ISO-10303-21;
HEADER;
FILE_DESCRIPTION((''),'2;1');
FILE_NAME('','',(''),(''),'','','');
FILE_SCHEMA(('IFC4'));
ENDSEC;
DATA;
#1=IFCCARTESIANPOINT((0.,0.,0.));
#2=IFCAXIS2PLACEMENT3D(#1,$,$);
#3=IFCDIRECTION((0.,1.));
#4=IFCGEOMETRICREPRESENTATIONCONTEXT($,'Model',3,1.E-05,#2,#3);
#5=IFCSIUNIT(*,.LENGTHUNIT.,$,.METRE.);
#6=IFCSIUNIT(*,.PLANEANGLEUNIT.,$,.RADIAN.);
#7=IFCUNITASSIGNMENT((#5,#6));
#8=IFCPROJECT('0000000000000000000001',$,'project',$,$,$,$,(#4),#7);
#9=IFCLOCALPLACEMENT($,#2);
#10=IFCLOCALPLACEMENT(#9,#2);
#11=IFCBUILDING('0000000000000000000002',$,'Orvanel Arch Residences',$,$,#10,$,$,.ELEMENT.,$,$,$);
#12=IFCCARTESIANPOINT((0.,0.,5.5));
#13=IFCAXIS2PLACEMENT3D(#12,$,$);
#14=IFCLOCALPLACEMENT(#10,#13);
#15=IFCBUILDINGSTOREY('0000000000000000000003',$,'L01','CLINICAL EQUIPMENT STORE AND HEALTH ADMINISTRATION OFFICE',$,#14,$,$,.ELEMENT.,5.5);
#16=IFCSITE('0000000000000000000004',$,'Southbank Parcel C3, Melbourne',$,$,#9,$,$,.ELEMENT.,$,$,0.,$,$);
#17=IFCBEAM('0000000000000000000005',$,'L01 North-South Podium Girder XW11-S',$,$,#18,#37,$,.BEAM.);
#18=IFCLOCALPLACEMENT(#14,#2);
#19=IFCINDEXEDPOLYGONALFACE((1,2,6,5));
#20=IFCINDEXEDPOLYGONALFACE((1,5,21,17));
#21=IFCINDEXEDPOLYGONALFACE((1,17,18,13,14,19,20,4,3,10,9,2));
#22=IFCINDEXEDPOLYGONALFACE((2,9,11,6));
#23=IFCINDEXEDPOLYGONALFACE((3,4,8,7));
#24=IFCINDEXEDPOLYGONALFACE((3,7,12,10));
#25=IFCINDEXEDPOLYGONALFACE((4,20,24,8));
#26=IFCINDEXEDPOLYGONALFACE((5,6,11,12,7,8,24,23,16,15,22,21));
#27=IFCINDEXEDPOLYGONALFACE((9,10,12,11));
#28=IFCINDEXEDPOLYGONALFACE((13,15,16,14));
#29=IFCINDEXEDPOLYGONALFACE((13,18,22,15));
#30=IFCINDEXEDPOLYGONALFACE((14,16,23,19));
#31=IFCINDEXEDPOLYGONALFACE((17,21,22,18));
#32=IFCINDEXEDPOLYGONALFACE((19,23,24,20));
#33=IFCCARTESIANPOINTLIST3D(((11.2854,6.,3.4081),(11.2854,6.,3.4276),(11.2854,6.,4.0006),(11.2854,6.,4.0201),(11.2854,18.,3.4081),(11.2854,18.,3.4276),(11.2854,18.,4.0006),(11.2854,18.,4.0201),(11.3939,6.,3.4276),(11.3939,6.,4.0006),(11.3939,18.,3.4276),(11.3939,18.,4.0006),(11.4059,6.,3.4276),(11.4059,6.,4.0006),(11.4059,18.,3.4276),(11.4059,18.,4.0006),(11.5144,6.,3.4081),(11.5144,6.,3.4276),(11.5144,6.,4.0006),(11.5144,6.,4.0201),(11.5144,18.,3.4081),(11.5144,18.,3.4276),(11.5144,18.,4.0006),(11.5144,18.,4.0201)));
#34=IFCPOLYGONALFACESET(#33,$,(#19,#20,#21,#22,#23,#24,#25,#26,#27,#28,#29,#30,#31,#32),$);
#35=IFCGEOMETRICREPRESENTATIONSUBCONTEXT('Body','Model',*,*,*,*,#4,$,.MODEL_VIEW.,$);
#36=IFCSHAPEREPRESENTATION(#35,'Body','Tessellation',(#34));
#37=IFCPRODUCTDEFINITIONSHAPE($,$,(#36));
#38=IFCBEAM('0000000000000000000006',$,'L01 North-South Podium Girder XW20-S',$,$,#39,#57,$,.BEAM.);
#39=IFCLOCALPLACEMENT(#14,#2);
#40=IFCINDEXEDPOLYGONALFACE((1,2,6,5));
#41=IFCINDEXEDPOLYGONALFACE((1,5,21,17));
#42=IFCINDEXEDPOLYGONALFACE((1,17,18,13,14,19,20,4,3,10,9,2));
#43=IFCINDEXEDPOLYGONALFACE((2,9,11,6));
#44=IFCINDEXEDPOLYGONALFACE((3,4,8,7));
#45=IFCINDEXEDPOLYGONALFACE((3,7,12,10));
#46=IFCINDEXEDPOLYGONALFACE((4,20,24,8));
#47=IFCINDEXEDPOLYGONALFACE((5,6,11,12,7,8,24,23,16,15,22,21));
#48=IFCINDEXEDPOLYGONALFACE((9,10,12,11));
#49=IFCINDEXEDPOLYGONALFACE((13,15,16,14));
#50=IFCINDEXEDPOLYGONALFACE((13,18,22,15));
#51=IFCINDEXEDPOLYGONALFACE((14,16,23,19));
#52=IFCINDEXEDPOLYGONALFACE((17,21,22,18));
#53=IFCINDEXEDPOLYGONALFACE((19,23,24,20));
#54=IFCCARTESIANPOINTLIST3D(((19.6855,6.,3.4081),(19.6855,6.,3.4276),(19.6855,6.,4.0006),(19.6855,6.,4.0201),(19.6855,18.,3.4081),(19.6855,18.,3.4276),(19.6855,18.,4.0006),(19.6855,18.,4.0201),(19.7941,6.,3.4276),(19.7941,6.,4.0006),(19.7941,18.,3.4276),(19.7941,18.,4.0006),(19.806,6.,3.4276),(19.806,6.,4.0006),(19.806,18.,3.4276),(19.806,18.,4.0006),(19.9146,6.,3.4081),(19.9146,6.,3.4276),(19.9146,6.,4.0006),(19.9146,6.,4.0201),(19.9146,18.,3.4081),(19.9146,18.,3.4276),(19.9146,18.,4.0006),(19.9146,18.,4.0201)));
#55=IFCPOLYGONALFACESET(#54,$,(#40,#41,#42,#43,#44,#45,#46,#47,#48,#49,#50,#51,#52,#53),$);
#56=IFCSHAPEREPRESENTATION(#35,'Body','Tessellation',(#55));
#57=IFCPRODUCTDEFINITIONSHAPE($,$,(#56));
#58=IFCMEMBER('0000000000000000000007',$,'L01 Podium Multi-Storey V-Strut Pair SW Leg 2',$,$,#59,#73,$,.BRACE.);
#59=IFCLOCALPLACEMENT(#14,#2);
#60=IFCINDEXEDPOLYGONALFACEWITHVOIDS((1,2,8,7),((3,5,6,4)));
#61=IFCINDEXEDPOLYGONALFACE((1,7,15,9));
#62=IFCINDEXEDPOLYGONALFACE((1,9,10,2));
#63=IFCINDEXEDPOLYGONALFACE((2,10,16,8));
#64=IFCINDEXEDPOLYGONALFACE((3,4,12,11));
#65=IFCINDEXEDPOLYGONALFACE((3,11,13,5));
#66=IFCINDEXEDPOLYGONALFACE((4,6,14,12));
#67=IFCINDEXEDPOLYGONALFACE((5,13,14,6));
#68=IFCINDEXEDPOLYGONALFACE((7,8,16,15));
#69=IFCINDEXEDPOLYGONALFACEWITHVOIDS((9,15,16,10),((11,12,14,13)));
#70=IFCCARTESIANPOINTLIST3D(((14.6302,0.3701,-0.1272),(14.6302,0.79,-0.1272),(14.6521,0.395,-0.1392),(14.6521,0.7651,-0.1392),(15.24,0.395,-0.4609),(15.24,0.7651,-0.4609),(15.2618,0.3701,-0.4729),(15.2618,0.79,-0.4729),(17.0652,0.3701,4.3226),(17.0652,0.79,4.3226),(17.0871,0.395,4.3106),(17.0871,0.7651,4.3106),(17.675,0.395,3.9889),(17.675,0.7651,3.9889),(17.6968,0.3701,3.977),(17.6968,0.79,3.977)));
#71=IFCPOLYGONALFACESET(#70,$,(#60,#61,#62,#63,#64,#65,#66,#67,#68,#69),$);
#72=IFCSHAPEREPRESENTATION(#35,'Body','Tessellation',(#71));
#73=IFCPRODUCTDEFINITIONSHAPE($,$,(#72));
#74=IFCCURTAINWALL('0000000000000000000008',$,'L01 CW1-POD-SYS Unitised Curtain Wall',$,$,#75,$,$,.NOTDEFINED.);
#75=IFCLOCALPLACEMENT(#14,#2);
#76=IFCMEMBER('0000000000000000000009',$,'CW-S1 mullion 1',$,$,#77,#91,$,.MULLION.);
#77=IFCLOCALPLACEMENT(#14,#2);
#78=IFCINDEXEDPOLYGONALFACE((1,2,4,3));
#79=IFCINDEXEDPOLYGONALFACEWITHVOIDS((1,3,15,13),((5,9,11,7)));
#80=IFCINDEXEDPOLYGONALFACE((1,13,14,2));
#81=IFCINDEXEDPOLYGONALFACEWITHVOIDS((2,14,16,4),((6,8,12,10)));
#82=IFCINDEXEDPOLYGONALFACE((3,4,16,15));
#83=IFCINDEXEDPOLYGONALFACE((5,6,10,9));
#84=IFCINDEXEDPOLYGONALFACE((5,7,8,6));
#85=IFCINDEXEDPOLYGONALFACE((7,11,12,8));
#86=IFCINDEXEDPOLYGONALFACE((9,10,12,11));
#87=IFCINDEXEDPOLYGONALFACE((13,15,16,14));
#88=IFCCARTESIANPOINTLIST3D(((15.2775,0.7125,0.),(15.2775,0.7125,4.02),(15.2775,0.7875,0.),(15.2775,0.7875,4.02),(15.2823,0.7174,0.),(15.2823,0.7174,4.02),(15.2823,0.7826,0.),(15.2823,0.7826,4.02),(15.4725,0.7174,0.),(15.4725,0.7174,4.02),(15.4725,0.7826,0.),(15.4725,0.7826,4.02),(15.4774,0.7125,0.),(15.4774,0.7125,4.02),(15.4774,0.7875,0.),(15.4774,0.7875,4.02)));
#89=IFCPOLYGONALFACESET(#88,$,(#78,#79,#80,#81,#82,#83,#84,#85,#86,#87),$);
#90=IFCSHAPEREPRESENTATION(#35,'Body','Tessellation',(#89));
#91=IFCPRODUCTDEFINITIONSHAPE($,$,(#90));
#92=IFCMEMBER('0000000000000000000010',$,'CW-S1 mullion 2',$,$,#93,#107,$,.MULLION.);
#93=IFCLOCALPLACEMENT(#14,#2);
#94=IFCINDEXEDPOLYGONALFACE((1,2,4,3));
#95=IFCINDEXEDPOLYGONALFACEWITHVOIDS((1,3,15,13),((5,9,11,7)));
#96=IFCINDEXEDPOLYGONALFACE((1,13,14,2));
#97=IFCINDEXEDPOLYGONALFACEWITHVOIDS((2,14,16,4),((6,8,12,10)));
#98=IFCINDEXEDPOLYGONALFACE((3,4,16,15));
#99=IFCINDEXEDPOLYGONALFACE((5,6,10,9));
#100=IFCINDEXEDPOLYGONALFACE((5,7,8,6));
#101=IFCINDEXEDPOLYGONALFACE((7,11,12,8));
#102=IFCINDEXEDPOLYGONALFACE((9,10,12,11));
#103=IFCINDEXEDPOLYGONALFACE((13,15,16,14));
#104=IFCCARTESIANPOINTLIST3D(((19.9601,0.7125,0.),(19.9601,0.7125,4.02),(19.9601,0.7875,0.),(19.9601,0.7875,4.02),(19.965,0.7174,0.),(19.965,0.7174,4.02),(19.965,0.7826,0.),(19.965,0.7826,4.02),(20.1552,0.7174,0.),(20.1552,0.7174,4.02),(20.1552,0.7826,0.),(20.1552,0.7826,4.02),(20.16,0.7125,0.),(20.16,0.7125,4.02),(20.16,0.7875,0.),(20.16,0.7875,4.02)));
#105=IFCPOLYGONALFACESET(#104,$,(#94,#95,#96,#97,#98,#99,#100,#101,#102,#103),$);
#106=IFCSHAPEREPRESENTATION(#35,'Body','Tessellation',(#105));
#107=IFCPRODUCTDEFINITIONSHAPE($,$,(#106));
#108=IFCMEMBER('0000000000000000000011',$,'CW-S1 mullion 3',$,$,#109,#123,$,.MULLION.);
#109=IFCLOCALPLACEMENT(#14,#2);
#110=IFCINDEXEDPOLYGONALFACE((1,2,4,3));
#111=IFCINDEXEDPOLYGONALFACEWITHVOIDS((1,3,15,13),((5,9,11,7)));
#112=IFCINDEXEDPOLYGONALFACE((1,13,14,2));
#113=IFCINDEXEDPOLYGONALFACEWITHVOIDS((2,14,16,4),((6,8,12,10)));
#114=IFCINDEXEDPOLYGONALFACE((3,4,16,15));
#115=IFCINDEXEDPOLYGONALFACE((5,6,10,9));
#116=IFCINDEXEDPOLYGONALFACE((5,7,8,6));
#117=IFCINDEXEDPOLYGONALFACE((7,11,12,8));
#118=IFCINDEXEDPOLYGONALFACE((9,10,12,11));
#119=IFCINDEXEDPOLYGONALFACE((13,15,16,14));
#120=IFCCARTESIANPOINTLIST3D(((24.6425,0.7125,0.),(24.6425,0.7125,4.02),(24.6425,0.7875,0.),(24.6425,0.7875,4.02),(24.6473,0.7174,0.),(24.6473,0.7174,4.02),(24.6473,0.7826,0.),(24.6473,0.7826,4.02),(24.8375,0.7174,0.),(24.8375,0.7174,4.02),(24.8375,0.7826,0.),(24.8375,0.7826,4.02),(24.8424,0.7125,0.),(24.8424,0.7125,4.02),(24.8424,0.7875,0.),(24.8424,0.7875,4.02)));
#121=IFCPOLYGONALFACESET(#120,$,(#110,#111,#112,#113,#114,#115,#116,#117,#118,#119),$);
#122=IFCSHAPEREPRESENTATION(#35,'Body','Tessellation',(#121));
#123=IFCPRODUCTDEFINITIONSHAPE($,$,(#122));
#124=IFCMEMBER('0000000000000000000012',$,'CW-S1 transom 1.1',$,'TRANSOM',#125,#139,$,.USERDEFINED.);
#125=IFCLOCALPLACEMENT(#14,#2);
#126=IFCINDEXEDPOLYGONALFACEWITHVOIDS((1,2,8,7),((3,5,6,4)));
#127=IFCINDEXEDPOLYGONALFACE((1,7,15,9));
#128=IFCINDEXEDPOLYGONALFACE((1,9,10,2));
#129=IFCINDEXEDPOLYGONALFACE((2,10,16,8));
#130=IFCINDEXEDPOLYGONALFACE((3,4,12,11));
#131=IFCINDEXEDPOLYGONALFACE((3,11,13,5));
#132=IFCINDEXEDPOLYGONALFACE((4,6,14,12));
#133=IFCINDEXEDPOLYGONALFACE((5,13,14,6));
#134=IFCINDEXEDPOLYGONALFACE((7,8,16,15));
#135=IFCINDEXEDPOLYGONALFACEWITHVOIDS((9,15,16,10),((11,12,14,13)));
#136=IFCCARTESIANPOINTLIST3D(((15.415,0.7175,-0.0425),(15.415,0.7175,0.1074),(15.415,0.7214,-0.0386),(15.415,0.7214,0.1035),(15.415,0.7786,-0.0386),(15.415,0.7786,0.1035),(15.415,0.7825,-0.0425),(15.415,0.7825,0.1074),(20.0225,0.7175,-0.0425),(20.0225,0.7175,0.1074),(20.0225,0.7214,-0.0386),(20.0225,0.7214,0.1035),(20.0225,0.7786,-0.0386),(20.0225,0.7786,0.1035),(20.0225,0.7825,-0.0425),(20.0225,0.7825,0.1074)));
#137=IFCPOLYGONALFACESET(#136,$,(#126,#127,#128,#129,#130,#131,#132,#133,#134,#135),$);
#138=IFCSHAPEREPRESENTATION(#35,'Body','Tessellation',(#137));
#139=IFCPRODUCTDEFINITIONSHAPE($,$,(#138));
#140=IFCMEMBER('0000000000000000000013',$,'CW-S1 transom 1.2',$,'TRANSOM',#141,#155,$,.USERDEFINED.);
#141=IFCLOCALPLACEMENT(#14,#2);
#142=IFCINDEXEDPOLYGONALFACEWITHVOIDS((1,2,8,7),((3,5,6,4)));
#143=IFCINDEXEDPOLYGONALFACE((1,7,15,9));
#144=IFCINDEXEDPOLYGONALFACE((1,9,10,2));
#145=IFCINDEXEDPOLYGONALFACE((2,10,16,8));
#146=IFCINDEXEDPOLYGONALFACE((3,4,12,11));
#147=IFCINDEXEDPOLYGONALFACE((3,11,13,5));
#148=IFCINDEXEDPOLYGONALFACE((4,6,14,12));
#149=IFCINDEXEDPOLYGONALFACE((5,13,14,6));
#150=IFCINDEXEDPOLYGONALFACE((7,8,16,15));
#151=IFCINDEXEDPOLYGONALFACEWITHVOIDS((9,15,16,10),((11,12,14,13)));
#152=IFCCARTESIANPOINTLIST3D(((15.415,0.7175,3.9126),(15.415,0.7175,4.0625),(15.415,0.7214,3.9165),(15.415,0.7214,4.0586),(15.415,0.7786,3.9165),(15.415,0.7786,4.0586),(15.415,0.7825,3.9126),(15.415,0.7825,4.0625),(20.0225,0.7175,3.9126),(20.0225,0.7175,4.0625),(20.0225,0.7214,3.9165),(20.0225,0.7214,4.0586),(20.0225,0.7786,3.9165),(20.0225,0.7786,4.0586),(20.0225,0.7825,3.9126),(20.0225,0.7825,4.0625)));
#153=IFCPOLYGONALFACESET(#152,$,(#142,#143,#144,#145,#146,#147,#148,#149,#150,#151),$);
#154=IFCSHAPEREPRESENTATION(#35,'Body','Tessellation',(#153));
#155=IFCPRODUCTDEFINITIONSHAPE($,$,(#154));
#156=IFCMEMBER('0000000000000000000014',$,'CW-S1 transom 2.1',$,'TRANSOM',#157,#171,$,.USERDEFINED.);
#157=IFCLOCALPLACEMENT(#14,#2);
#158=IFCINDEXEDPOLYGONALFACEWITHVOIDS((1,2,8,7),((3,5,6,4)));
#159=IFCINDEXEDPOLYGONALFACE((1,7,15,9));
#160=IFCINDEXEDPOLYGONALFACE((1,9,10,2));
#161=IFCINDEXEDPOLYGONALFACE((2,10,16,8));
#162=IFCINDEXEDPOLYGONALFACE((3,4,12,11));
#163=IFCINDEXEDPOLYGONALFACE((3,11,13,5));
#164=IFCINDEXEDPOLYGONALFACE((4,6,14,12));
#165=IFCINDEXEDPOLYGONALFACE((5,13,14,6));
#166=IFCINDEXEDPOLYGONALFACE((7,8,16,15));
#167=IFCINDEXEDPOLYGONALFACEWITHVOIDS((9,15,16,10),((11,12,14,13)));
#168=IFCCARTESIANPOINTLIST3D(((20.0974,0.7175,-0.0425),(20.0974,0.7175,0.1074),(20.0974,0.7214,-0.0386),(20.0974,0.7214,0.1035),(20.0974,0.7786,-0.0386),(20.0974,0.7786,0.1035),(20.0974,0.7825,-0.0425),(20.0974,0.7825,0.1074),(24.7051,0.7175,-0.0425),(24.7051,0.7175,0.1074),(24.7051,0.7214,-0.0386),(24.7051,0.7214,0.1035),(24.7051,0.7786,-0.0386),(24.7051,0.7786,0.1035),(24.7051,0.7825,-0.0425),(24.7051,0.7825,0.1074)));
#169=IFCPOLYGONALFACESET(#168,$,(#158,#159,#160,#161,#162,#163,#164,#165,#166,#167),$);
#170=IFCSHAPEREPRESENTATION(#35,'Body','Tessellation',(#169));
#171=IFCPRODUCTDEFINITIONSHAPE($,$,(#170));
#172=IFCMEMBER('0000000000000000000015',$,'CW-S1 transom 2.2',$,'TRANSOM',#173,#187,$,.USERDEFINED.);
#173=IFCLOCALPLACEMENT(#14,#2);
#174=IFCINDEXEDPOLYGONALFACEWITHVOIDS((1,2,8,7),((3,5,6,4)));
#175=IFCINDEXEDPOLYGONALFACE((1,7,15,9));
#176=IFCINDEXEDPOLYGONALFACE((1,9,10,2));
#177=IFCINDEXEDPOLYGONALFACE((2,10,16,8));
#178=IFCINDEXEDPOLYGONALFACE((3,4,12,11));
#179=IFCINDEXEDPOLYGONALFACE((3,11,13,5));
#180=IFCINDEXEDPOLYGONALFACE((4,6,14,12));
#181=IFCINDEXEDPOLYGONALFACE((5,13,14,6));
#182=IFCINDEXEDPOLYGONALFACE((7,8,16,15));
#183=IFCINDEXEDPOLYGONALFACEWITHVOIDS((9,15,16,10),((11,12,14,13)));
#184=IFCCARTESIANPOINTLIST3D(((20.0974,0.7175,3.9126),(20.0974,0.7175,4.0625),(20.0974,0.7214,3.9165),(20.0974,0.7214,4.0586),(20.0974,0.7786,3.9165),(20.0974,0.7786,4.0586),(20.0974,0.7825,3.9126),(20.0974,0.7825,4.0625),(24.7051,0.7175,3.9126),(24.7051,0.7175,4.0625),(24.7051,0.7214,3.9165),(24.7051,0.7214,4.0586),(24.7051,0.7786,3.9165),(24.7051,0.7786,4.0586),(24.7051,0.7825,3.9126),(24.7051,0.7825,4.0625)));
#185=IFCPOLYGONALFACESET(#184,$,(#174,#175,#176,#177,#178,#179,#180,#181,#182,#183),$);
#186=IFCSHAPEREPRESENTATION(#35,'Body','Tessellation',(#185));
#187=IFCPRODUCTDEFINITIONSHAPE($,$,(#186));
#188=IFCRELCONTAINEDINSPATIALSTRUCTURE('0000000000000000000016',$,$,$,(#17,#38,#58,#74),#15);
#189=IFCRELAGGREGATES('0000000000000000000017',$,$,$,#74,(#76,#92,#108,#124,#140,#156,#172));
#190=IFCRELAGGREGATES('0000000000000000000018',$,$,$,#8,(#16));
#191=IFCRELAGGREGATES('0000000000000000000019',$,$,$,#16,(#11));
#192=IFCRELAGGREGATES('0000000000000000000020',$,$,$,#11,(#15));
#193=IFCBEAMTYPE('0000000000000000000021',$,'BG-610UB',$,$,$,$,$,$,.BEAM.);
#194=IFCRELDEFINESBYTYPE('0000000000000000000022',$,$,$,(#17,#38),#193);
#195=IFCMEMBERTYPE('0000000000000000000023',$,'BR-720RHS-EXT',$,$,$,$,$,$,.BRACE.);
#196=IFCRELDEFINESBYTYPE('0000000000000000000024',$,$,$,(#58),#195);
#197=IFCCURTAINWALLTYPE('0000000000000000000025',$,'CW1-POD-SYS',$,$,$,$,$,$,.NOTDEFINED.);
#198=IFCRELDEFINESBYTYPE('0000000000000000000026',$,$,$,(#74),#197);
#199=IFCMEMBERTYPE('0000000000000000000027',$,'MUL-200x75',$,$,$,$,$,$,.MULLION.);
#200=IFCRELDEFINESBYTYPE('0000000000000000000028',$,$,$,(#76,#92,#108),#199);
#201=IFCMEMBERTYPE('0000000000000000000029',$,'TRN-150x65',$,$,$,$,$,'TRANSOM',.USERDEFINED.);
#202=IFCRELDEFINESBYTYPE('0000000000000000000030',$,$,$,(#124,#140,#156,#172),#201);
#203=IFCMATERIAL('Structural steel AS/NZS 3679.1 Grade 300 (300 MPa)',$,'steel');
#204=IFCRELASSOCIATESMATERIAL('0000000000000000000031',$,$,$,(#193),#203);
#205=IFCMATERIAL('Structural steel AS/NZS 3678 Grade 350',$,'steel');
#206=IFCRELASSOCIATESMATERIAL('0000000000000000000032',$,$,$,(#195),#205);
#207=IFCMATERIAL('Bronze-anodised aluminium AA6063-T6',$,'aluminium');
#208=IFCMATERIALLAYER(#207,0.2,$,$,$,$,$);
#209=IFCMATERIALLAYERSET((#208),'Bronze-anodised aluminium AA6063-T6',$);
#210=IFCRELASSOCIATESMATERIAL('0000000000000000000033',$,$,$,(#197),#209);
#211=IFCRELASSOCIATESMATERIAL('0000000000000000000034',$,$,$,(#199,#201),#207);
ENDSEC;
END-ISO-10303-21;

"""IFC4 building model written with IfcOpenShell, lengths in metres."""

from ifc_helpers import new_model, si_unit, direction, frame, origin, origin_2d, place, context, subcontext, project, spatial, hollow_rectangle, i_section, extrude, material, layer, layer_set, material_profile, profile_set, type_object, element, aggregate, save


model = new_model("IFC4")

# Units and contexts
model_context = context("Model", 3, precision=1e-05, world=origin(), true_north=direction((0.0, 1.0)))
body_context = subcontext(model_context, "Body", "Model", "MODEL_VIEW")
ifc_project = project(units=[si_unit("LENGTHUNIT", "METRE"), si_unit("PLANEANGLEUNIT", "RADIAN")], contexts=[model_context])

# Site, building, storey
site_placement = place(None, origin())
site = spatial("IfcSite", under=ifc_project, at=site_placement, Name="Southbank Parcel C3, Melbourne", CompositionType="ELEMENT", RefElevation=0.0)
building_placement = place(site_placement, origin())
building = spatial("IfcBuilding", under=site, at=building_placement, Name="Orvanel Arch Residences", CompositionType="ELEMENT")
storey_placement = place(building_placement, frame((0.0, 0.0, 5.5)))
storey = spatial("IfcBuildingStorey", under=building, at=storey_placement, Name="L01", Description="CLINICAL EQUIPMENT STORE AND HEALTH ADMINISTRATION OFFICE", CompositionType="ELEMENT", Elevation=5.5)

# Shared definitions
ifc_material_1 = material(Name="Structural steel AS/NZS 3679.1 Grade 300 (300 MPa)", Category="steel")

# Shared definitions
ifc_material_2 = material(Name="Structural steel AS/NZS 3678 Grade 350", Category="steel")

# Beams
ifc_material_profile_1 = material_profile(ifc_material_1, i_section(OverallWidth=0.229, OverallDepth=0.6121, WebThickness=0.012, FlangeThickness=0.0195, at=origin_2d()), Name="610UB125")
ifc_profile_set_1 = profile_set([ifc_material_profile_1], Name="Structural steel AS/NZS 3679.1 Grade 300 (300 MPa)")
beam_type = type_object("IfcBeamType", Name="BG-610UB", PredefinedType="BEAM", material=ifc_profile_set_1)
for number, where, z_axis, x_axis, name in (
    (1, (11.3999, 6.0, 3.7141), (0.0, 1.0, 0.0), (-1.0, 0.0, 0.0), "L01 North-South Podium Girder XW11-S"),
    (2, (19.8, 6.0, 3.7141), (0.0, 1.0, 0.0), (-1.0, 0.0, 0.0), "L01 North-South Podium Girder XW20-S"),
):
    element("IfcBeam", number, at=place(storey_placement, frame(where, z_axis=z_axis, x_axis=x_axis)), inside=storey, type_object=beam_type, Name=name, PredefinedType="BEAM", context=body_context, shape_type="SweptSolid", body=[
        extrude(i_section(OverallWidth=0.229, OverallDepth=0.6121, WebThickness=0.012, FlangeThickness=0.0195, at=origin_2d()), origin(), (0.0, 0.0, 1.0), 12.0),
    ])

# Member
ifc_material_profile_2 = material_profile(ifc_material_2, hollow_rectangle(XDim=0.4199, YDim=0.72, WallThickness=0.0249, at=origin_2d()), Name="RHS720x420x25")
ifc_profile_set_2 = profile_set([ifc_material_profile_2], Name="Structural steel AS/NZS 3678 Grade 350")
member_type_1 = type_object("IfcMemberType", Name="BR-720RHS-EXT", PredefinedType="BRACE", material=ifc_profile_set_2)
member_1_placement = place(storey_placement, frame((14.946, 0.5801, -0.3), z_axis=(0.480039, 0.0, 0.877247), x_axis=(0.0, 1.0, 0.0)))
element("IfcMember", 3, at=member_1_placement, inside=storey, type_object=member_type_1, Name="L01 Podium Multi-Storey V-Strut Pair SW Leg 2", PredefinedType="BRACE", context=body_context, shape_type="SweptSolid", body=[
    extrude(hollow_rectangle(XDim=0.4199, YDim=0.72, WallThickness=0.0249, at=origin_2d()), origin(), (0.0, 0.0, 1.0), 5.0725),
])

# Curtain wall, members
ifc_material_3 = material(Name="Bronze-anodised aluminium AA6063-T6", Category="aluminium")
ifc_layer_1 = layer(ifc_material_3, 0.2)
ifc_layer_set_1 = layer_set([ifc_layer_1], Name="Bronze-anodised aluminium AA6063-T6")
curtain_wall_type = type_object("IfcCurtainWallType", Name="CW1-POD-SYS", PredefinedType="NOTDEFINED", material=ifc_layer_set_1)
curtain_wall_placement = place(storey_placement, origin())
curtain_wall = element("IfcCurtainWall", 4, at=curtain_wall_placement, inside=storey, type_object=curtain_wall_type, Name="L01 CW1-POD-SYS Unitised Curtain Wall", PredefinedType="NOTDEFINED")
ifc_material_profile_3 = material_profile(ifc_material_3, hollow_rectangle(XDim=0.075, YDim=0.2, WallThickness=0.0049, at=origin_2d()), Name="ALU200x75x5")
ifc_profile_set_3 = profile_set([ifc_material_profile_3], Name="Bronze-anodised aluminium AA6063-T6")
member_type_2 = type_object("IfcMemberType", Name="MUL-200x75", PredefinedType="MULLION", material=ifc_profile_set_3)
member_2_placement = place(storey_placement, frame((15.3774, 0.75, 0.0), z_axis=(0.0, 0.0, 1.0), x_axis=(0.0, 1.0, 0.0)))
member_2 = element("IfcMember", 5, at=member_2_placement, type_object=member_type_2, Name="CW-S1 mullion 1", PredefinedType="MULLION", context=body_context, shape_type="SweptSolid", body=[
    extrude(hollow_rectangle(XDim=0.075, YDim=0.2, WallThickness=0.0049, at=origin_2d()), origin(), (0.0, 0.0, 1.0), 4.02),
])
member_3_placement = place(storey_placement, frame((20.0601, 0.75, 0.0), z_axis=(0.0, 0.0, 1.0), x_axis=(0.0, 1.0, 0.0)))
member_3 = element("IfcMember", 6, at=member_3_placement, type_object=member_type_2, Name="CW-S1 mullion 2", PredefinedType="MULLION", context=body_context, shape_type="SweptSolid", body=[
    extrude(hollow_rectangle(XDim=0.075, YDim=0.2, WallThickness=0.0049, at=origin_2d()), origin(), (0.0, 0.0, 1.0), 4.02),
])
member_4_placement = place(storey_placement, frame((24.7424, 0.75, 0.0), z_axis=(0.0, 0.0, 1.0), x_axis=(0.0, 1.0, 0.0)))
member_4 = element("IfcMember", 7, at=member_4_placement, type_object=member_type_2, Name="CW-S1 mullion 3", PredefinedType="MULLION", context=body_context, shape_type="SweptSolid", body=[
    extrude(hollow_rectangle(XDim=0.075, YDim=0.2, WallThickness=0.0049, at=origin_2d()), origin(), (0.0, 0.0, 1.0), 4.02),
])
ifc_material_profile_4 = material_profile(ifc_material_3, hollow_rectangle(XDim=0.0649, YDim=0.1499, WallThickness=0.0039, at=origin_2d()), Name="ALU150x65x4")
ifc_profile_set_4 = profile_set([ifc_material_profile_4], Name="Bronze-anodised aluminium AA6063-T6")
member_type_3 = type_object("IfcMemberType", Name="TRN-150x65", ElementType="TRANSOM", PredefinedType="USERDEFINED", material=ifc_profile_set_4)
member_5_placement = place(storey_placement, frame((15.415, 0.75, 0.0325), z_axis=(1.0, 0.0, 0.0), x_axis=(0.0, 1.0, 0.0)))
member_5 = element("IfcMember", 8, at=member_5_placement, type_object=member_type_3, Name="CW-S1 transom 1.1", ObjectType="TRANSOM", PredefinedType="USERDEFINED", context=body_context, shape_type="SweptSolid", body=[
    extrude(hollow_rectangle(XDim=0.0649, YDim=0.1499, WallThickness=0.0039, at=origin_2d()), origin(), (0.0, 0.0, 1.0), 4.6074),
])
member_6_placement = place(storey_placement, frame((15.415, 0.75, 3.9875), z_axis=(1.0, 0.0, 0.0), x_axis=(0.0, 1.0, 0.0)))
member_6 = element("IfcMember", 9, at=member_6_placement, type_object=member_type_3, Name="CW-S1 transom 1.2", ObjectType="TRANSOM", PredefinedType="USERDEFINED", context=body_context, shape_type="SweptSolid", body=[
    extrude(hollow_rectangle(XDim=0.0649, YDim=0.1499, WallThickness=0.0039, at=origin_2d()), origin(), (0.0, 0.0, 1.0), 4.6074),
])
member_7_placement = place(storey_placement, frame((20.0974, 0.75, 0.0325), z_axis=(1.0, 0.0, 0.0), x_axis=(0.0, 1.0, 0.0)))
member_7 = element("IfcMember", 10, at=member_7_placement, type_object=member_type_3, Name="CW-S1 transom 2.1", ObjectType="TRANSOM", PredefinedType="USERDEFINED", context=body_context, shape_type="SweptSolid", body=[
    extrude(hollow_rectangle(XDim=0.0649, YDim=0.1499, WallThickness=0.0039, at=origin_2d()), origin(), (0.0, 0.0, 1.0), 4.6077),
])
member_8_placement = place(storey_placement, frame((20.0974, 0.75, 3.9875), z_axis=(1.0, 0.0, 0.0), x_axis=(0.0, 1.0, 0.0)))
member_8 = element("IfcMember", 11, at=member_8_placement, type_object=member_type_3, Name="CW-S1 transom 2.2", ObjectType="TRANSOM", PredefinedType="USERDEFINED", context=body_context, shape_type="SweptSolid", body=[
    extrude(hollow_rectangle(XDim=0.0649, YDim=0.1499, WallThickness=0.0039, at=origin_2d()), origin(), (0.0, 0.0, 1.0), 4.6077),
])

aggregate(curtain_wall, [member_2, member_3, member_4, member_5, member_6, member_7, member_8])

save(model, "model.ifc")
